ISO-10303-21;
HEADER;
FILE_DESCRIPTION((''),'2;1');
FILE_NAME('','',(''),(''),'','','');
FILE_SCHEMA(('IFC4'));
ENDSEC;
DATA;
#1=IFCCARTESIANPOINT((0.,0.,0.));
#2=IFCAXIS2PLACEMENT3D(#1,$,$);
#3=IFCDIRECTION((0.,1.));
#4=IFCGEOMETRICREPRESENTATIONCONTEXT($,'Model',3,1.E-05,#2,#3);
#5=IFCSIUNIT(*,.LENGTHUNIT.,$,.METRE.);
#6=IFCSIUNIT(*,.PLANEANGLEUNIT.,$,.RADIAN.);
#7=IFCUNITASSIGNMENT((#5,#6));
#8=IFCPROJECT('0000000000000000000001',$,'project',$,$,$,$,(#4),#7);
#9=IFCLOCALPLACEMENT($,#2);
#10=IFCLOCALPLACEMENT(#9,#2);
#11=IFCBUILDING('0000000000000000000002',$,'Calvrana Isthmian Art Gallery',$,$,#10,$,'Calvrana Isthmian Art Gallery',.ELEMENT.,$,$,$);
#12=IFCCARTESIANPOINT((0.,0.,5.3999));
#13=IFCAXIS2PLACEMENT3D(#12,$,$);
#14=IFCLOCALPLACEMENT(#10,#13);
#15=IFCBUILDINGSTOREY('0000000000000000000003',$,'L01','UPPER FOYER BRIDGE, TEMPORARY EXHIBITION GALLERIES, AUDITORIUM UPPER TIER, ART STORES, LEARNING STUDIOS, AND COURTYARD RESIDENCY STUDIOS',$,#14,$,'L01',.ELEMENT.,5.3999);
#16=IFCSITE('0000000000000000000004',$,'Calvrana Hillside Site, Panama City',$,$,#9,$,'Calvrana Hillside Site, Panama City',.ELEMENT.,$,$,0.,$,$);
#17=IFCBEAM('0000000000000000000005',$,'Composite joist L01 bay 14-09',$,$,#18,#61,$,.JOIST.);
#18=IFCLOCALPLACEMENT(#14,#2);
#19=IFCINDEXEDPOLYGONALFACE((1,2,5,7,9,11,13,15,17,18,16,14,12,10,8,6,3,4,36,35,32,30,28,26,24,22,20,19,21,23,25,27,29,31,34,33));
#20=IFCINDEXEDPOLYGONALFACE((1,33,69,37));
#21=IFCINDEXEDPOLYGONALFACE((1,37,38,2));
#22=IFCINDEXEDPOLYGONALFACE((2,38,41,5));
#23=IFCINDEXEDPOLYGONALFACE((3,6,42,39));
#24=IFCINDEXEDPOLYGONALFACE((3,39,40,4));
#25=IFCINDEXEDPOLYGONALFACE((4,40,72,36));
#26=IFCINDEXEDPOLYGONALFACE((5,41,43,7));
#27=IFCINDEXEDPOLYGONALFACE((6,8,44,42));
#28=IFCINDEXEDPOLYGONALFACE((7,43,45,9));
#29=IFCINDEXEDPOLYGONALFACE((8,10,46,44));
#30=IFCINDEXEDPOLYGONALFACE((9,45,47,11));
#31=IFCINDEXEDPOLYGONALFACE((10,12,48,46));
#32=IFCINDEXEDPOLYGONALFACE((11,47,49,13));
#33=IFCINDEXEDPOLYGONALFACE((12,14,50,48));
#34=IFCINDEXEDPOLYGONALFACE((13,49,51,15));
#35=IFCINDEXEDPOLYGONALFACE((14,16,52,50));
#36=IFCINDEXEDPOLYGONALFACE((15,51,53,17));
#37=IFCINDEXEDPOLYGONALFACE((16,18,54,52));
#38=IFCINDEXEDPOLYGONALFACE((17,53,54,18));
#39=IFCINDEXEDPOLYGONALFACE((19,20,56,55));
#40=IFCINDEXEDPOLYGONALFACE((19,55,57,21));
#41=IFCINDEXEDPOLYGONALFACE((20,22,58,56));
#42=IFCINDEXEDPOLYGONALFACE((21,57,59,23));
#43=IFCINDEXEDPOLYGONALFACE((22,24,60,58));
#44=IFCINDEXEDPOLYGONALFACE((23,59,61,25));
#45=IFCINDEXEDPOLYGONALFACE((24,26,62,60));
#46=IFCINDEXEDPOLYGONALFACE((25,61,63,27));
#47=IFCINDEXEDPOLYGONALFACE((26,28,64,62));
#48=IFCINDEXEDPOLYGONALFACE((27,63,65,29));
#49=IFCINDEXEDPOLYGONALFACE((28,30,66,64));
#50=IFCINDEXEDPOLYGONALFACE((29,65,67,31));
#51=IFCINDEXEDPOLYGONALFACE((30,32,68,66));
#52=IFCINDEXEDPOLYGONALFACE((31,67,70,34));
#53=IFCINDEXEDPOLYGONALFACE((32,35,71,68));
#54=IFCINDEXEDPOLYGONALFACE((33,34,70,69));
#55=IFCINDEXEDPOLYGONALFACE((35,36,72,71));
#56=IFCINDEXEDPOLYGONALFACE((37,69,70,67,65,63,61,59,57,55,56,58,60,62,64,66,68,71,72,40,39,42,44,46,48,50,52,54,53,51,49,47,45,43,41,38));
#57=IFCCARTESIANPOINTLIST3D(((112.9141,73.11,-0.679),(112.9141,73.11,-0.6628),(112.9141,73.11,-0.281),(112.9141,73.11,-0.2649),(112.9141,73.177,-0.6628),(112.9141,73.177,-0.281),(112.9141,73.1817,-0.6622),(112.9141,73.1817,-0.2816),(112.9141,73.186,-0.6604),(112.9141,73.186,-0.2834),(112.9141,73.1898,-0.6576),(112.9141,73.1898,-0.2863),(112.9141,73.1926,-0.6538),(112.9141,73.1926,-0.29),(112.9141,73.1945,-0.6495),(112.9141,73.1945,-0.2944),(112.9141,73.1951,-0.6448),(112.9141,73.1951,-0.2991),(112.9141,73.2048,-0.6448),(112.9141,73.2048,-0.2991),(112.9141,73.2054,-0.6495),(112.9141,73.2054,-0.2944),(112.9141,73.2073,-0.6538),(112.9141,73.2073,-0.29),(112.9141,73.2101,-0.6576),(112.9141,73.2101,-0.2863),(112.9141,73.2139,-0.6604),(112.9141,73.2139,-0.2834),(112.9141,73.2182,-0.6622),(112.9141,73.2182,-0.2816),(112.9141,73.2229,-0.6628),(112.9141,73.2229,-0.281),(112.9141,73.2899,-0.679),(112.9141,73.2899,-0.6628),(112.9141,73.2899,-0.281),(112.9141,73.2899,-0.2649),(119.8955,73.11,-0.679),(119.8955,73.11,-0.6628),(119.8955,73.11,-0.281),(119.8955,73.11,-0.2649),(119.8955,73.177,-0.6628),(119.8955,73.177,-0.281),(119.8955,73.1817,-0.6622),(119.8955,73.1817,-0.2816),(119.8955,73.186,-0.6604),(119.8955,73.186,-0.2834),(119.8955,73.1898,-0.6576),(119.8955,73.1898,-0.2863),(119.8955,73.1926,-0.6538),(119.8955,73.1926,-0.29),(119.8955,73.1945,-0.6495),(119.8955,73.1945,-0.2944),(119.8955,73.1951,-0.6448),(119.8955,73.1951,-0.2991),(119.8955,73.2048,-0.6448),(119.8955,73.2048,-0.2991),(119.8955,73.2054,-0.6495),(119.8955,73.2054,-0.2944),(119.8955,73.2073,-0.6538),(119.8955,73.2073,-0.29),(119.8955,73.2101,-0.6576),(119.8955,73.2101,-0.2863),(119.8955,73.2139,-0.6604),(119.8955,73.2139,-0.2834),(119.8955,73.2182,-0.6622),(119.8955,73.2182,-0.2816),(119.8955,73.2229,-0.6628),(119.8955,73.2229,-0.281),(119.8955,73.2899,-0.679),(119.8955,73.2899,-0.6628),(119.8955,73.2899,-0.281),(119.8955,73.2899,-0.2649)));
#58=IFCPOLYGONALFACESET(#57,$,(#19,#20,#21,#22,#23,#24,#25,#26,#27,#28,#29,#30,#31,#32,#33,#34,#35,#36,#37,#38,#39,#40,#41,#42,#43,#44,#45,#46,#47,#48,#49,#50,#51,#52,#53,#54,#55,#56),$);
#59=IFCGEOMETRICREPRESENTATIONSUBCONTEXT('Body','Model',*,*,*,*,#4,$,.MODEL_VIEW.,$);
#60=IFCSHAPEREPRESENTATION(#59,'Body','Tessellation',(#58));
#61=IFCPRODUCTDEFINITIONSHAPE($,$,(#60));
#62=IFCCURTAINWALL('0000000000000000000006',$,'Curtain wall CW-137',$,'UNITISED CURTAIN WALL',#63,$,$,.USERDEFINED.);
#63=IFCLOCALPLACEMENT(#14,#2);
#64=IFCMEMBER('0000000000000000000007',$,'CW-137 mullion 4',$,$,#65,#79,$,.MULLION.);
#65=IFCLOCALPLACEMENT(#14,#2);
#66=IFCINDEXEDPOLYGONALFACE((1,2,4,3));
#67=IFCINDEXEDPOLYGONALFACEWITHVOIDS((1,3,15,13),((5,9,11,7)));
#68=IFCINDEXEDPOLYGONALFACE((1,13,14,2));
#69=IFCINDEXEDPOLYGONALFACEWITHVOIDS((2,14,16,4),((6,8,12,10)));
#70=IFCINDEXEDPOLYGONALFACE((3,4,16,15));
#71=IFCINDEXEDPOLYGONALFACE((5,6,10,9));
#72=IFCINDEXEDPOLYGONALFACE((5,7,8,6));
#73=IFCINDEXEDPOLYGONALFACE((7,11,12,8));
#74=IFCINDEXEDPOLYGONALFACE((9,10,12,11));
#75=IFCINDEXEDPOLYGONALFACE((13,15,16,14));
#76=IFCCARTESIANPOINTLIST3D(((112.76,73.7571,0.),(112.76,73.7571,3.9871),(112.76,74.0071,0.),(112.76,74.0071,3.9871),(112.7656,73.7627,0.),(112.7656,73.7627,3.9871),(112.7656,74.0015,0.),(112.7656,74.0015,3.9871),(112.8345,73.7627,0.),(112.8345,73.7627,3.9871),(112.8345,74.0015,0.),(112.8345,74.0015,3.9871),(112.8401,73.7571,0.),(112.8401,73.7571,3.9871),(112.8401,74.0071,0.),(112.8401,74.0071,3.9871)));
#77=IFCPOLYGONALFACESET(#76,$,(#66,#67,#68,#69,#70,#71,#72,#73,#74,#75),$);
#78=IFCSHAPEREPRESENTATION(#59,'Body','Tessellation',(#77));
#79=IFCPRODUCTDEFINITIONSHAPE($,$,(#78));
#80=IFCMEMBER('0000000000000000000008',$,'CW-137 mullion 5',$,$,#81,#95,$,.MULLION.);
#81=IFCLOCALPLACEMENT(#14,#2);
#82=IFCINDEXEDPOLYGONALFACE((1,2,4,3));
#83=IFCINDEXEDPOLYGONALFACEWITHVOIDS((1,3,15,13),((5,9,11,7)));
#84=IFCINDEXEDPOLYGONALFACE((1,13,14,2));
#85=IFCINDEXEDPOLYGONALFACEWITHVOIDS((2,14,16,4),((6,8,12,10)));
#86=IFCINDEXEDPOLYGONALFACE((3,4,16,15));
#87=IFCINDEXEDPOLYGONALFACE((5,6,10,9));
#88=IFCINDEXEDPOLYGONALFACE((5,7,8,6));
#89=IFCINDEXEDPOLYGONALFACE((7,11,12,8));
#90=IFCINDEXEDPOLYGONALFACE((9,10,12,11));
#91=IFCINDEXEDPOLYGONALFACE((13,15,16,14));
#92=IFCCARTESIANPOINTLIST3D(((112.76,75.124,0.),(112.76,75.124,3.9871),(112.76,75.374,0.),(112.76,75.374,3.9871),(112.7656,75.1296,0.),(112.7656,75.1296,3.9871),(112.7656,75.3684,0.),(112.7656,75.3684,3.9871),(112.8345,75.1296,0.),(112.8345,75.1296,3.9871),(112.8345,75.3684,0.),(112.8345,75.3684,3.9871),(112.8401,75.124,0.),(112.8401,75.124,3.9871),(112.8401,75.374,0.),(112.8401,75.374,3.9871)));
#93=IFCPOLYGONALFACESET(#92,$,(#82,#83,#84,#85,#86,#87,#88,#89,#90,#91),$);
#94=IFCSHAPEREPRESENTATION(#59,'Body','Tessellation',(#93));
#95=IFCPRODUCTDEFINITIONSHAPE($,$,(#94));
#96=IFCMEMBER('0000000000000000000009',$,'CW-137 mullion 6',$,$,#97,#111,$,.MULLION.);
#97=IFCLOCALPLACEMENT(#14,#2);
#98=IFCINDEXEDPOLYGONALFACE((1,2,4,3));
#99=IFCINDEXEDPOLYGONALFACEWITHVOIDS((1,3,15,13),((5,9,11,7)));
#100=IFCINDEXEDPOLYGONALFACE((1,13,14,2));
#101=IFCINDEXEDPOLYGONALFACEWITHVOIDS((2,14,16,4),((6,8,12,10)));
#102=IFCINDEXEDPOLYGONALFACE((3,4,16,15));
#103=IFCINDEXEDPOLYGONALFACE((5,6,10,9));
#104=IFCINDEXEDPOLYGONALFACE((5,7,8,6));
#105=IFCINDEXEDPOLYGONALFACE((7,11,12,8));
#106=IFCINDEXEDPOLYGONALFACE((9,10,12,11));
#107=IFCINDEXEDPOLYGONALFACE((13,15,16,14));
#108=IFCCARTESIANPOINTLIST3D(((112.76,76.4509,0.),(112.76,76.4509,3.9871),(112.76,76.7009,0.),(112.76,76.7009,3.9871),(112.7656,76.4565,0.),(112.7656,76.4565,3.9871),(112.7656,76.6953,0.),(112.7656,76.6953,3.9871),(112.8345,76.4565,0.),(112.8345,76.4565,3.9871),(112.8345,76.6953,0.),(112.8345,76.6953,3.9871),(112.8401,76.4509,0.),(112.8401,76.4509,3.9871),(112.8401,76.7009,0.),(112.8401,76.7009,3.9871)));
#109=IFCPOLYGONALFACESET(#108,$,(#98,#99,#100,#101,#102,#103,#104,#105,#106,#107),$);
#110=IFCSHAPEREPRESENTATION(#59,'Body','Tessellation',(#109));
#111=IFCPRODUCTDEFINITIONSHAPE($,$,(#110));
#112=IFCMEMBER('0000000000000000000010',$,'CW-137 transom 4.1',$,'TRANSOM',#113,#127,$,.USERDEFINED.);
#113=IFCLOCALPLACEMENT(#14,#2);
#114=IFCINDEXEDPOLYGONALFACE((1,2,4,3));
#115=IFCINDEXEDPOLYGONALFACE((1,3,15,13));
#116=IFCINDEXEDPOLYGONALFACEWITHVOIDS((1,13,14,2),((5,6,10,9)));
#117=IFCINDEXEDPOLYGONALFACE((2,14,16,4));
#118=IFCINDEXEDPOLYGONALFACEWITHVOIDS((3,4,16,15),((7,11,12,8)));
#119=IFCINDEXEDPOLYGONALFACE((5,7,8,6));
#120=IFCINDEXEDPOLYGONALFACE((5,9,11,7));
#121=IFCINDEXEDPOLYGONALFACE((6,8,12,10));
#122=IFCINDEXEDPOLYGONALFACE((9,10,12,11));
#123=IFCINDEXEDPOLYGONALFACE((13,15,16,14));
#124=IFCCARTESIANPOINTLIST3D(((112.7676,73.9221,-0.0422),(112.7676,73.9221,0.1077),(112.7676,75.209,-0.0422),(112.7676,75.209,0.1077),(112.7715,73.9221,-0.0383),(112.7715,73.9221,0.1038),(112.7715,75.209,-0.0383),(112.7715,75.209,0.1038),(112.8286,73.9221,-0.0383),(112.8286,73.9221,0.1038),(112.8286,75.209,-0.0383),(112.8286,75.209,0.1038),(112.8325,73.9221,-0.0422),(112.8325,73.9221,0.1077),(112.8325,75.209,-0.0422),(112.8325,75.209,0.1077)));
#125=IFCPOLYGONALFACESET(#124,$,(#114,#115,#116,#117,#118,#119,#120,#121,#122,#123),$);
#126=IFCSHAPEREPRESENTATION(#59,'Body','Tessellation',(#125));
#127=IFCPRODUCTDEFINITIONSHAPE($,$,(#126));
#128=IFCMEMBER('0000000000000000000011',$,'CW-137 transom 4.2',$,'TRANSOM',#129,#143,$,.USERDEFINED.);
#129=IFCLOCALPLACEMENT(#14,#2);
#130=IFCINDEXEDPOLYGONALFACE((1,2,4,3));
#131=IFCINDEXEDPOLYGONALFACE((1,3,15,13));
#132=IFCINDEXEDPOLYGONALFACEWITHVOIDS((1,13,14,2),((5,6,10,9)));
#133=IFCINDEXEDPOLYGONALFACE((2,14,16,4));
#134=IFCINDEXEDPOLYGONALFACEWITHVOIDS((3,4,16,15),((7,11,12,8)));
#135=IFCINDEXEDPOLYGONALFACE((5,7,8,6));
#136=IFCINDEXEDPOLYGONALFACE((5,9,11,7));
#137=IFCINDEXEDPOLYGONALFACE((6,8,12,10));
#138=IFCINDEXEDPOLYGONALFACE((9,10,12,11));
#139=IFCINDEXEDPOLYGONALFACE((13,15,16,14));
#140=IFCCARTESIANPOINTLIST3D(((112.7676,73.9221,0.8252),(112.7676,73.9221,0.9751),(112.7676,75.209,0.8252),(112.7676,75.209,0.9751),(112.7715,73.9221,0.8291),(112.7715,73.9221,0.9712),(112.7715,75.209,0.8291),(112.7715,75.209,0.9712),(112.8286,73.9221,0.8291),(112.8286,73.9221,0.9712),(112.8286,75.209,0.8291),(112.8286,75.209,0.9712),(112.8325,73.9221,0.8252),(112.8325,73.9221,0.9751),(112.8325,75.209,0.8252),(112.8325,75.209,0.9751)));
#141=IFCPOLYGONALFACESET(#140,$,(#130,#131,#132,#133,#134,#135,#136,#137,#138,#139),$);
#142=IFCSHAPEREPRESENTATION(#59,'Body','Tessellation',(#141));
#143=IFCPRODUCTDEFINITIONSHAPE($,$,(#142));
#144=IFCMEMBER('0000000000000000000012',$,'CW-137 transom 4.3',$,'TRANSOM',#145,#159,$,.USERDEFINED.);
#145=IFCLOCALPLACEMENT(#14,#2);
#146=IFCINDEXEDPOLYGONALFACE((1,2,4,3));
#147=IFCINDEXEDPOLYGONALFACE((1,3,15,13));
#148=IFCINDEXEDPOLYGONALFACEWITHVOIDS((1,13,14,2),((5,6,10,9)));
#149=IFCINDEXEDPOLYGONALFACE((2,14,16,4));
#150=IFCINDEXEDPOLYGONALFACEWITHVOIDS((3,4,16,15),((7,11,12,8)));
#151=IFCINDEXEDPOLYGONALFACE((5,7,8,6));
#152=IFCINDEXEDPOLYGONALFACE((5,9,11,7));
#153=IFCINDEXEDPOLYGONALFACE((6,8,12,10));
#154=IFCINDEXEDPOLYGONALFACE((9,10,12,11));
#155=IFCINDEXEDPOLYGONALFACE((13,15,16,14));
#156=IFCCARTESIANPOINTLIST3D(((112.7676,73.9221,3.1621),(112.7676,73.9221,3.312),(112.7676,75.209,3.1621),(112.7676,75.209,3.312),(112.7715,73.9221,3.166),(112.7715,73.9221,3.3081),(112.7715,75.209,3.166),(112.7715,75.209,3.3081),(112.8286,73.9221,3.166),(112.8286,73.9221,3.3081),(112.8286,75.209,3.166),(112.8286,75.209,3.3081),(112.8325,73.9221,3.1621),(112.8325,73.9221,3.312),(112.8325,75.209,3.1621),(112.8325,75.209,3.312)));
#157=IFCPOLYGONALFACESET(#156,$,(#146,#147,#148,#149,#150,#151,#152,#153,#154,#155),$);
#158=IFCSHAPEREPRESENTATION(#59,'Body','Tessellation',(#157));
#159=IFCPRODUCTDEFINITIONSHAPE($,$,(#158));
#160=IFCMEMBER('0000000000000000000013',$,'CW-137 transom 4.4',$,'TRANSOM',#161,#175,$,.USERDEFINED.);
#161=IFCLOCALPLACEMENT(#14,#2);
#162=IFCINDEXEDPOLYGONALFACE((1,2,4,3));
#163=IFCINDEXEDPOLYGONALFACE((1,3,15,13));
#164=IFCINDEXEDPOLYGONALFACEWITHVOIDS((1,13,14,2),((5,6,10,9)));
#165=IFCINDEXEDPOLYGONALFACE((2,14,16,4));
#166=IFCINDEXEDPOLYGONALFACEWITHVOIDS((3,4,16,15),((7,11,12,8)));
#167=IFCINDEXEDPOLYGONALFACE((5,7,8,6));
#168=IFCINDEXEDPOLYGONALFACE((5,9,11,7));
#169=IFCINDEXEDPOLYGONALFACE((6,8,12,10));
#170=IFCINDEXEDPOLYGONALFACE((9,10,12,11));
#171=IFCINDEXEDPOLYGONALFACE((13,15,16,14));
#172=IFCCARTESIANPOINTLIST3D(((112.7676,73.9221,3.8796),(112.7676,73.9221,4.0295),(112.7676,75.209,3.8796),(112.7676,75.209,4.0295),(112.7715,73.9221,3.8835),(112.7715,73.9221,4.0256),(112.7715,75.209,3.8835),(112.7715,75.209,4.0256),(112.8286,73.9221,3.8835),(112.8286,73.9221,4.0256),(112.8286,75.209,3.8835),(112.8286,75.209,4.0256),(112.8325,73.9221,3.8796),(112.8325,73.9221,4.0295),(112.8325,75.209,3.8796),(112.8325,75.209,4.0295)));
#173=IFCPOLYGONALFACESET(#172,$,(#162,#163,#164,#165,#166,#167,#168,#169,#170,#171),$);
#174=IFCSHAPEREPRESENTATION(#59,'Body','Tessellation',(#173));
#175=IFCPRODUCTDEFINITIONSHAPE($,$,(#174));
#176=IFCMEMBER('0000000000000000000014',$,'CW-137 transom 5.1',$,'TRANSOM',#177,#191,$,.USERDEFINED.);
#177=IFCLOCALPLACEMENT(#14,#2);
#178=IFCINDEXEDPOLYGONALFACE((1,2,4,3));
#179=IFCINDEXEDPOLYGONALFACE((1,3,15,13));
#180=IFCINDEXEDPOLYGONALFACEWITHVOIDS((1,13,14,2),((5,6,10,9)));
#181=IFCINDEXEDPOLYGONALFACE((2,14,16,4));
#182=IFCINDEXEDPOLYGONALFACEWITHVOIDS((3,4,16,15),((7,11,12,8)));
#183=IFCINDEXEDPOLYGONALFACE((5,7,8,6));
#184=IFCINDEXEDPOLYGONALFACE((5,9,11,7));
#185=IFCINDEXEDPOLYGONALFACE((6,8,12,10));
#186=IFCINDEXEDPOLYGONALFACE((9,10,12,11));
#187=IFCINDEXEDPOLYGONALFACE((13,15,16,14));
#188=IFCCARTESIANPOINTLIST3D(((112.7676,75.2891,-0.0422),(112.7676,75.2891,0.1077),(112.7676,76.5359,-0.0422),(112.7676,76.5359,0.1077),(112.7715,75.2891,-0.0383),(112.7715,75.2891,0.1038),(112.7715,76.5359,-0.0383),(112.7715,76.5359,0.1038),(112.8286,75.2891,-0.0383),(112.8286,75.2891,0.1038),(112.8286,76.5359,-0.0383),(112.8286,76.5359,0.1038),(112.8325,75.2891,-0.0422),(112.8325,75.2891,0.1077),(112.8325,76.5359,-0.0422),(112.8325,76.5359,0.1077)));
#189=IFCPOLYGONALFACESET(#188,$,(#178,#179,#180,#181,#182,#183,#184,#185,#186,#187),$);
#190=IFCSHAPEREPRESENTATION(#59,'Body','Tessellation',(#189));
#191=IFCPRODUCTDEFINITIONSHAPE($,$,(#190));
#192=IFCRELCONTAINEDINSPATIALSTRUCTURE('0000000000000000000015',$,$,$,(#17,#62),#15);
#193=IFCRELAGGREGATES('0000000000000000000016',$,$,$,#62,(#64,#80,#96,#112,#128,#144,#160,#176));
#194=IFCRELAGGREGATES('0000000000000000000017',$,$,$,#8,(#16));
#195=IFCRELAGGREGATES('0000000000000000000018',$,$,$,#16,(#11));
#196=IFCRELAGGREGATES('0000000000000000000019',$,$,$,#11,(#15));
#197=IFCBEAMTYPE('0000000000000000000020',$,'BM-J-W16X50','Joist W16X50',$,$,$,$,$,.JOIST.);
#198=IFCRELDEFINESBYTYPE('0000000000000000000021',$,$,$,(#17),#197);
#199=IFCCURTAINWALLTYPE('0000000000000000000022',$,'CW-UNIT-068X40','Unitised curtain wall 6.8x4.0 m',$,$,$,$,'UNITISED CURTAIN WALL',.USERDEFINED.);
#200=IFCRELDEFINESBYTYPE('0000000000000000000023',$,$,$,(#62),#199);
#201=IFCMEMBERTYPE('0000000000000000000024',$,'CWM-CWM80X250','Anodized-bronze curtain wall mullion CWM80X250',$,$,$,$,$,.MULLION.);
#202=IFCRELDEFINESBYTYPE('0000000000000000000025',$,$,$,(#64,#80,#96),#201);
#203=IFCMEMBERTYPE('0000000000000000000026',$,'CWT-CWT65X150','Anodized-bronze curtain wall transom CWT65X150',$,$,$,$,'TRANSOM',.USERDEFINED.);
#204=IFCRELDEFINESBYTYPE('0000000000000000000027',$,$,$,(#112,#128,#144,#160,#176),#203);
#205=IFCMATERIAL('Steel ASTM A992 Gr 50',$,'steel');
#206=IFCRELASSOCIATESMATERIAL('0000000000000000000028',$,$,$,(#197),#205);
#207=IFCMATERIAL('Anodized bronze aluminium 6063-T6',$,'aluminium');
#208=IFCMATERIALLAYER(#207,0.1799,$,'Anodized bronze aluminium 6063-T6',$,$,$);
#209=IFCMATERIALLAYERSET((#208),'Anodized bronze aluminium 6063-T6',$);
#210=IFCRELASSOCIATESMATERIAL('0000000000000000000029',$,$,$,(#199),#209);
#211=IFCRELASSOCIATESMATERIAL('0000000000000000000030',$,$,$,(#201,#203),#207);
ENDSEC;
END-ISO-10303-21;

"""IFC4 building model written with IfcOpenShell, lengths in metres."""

from ifc_helpers import new_model, si_unit, direction, frame, origin, origin_2d, place, context, subcontext, project, spatial, hollow_rectangle, i_section, extrude, material, layer, layer_set, material_profile, profile_set, type_object, element, aggregate, save


model = new_model("IFC4")

# Units and contexts
model_context = context("Model", 3, precision=1e-05, world=origin(), true_north=direction((0.0, 1.0)))
body_context = subcontext(model_context, "Body", "Model", "MODEL_VIEW")
ifc_project = project(units=[si_unit("LENGTHUNIT", "METRE"), si_unit("PLANEANGLEUNIT", "RADIAN")], contexts=[model_context])

# Site, building, storey
site_placement = place(None, origin())
site = spatial("IfcSite", under=ifc_project, at=site_placement, Name="Calvrana Hillside Site, Panama City", LongName="Calvrana Hillside Site, Panama City", CompositionType="ELEMENT", RefElevation=0.0)
building_placement = place(site_placement, origin())
building = spatial("IfcBuilding", under=site, at=building_placement, Name="Calvrana Isthmian Art Gallery", LongName="Calvrana Isthmian Art Gallery", CompositionType="ELEMENT")
storey_placement = place(building_placement, frame((0.0, 0.0, 5.3999)))
storey = spatial("IfcBuildingStorey", under=building, at=storey_placement, Name="L01", Description="UPPER FOYER BRIDGE, TEMPORARY EXHIBITION GALLERIES, AUDITORIUM UPPER TIER, ART STORES, LEARNING STUDIOS, AND COURTYARD RESIDENCY STUDIOS", LongName="L01", CompositionType="ELEMENT", Elevation=5.3999)

# Shared definitions
ifc_material_1 = material(Name="Steel ASTM A992 Gr 50", Category="steel")

# Beam
ifc_material_profile_1 = material_profile(ifc_material_1, i_section(OverallWidth=0.1799, OverallDepth=0.4141, WebThickness=0.0098, FlangeThickness=0.0161, FilletRadius=0.0181, at=origin_2d()), Name="W16X50")
ifc_profile_set_1 = profile_set([ifc_material_profile_1], Name="Steel ASTM A992 Gr 50")
beam_type_1 = type_object("IfcBeamType", Name="BM-J-W16X50", Description="Joist W16X50", PredefinedType="JOIST", material=ifc_profile_set_1)
beam_1_placement = place(storey_placement, frame((112.9141, 73.2, -0.4719), z_axis=(1.0, 0.0, 0.0), x_axis=(0.0, 1.0, 0.0)))
element("IfcBeam", 1, at=beam_1_placement, inside=storey, type_object=beam_type_1, Name="Composite joist L01 bay 14-09", PredefinedType="JOIST", context=body_context, shape_type="SweptSolid", body=[
    extrude(i_section(OverallWidth=0.1799, OverallDepth=0.4141, WebThickness=0.0098, FlangeThickness=0.0161, FilletRadius=0.0181, at=origin_2d()), origin(), (0.0, 0.0, 1.0), 6.9814),
])

# Curtain wall, members
ifc_material_2 = material(Name="Anodized bronze aluminium 6063-T6", Category="aluminium")
ifc_layer_1 = layer(ifc_material_2, 0.1799, Name="Anodized bronze aluminium 6063-T6")
ifc_layer_set_1 = layer_set([ifc_layer_1], Name="Anodized bronze aluminium 6063-T6")
curtain_wall_type = type_object("IfcCurtainWallType", Name="CW-UNIT-068X40", Description="Unitised curtain wall 6.8x4.0 m", ElementType="UNITISED CURTAIN WALL", PredefinedType="USERDEFINED", material=ifc_layer_set_1)
curtain_wall_placement = place(storey_placement, origin())
curtain_wall = element("IfcCurtainWall", 2, at=curtain_wall_placement, inside=storey, type_object=curtain_wall_type, Name="Curtain wall CW-137", ObjectType="UNITISED CURTAIN WALL", PredefinedType="USERDEFINED")
ifc_material_profile_2 = material_profile(ifc_material_2, hollow_rectangle(XDim=0.0801, YDim=0.25, WallThickness=0.0056, at=origin_2d()), Name="CWM80X250")
ifc_profile_set_2 = profile_set([ifc_material_profile_2], Name="Anodized bronze aluminium 6063-T6")
member_type_1 = type_object("IfcMemberType", Name="CWM-CWM80X250", Description="Anodized-bronze curtain wall mullion CWM80X250", PredefinedType="MULLION", material=ifc_profile_set_2)
member_1_placement = place(storey_placement, frame((112.8, 73.8821, 0.0), z_axis=(0.0, 0.0, 1.0), x_axis=(-1.0, 0.0, 0.0)))
member_1 = element("IfcMember", 3, at=member_1_placement, type_object=member_type_1, Name="CW-137 mullion 4", PredefinedType="MULLION", context=body_context, shape_type="SweptSolid", body=[
    extrude(hollow_rectangle(XDim=0.0801, YDim=0.25, WallThickness=0.0056, at=origin_2d()), origin(), (0.0, 0.0, 1.0), 3.9871),
])
member_2_placement = place(storey_placement, frame((112.8, 75.249, 0.0), z_axis=(0.0, 0.0, 1.0), x_axis=(-1.0, 0.0, 0.0)))
member_2 = element("IfcMember", 4, at=member_2_placement, type_object=member_type_1, Name="CW-137 mullion 5", PredefinedType="MULLION", context=body_context, shape_type="SweptSolid", body=[
    extrude(hollow_rectangle(XDim=0.0801, YDim=0.25, WallThickness=0.0056, at=origin_2d()), origin(), (0.0, 0.0, 1.0), 3.9871),
])
member_3_placement = place(storey_placement, frame((112.8, 76.5759, 0.0), z_axis=(0.0, 0.0, 1.0), x_axis=(-1.0, 0.0, 0.0)))
member_3 = element("IfcMember", 5, at=member_3_placement, type_object=member_type_1, Name="CW-137 mullion 6", PredefinedType="MULLION", context=body_context, shape_type="SweptSolid", body=[
    extrude(hollow_rectangle(XDim=0.0801, YDim=0.25, WallThickness=0.0056, at=origin_2d()), origin(), (0.0, 0.0, 1.0), 3.9871),
])
ifc_material_profile_3 = material_profile(ifc_material_2, hollow_rectangle(XDim=0.0649, YDim=0.1499, WallThickness=0.0039, at=origin_2d()), Name="CWT65X150")
ifc_profile_set_3 = profile_set([ifc_material_profile_3], Name="Anodized bronze aluminium 6063-T6")
member_type_2 = type_object("IfcMemberType", Name="CWT-CWT65X150", Description="Anodized-bronze curtain wall transom CWT65X150", ElementType="TRANSOM", PredefinedType="USERDEFINED", material=ifc_profile_set_3)
member_4_placement = place(storey_placement, frame((112.8, 73.9221, 0.0327), z_axis=(0.0, 1.0, 0.0), x_axis=(-1.0, 0.0, 0.0)))
member_4 = element("IfcMember", 6, at=member_4_placement, type_object=member_type_2, Name="CW-137 transom 4.1", ObjectType="TRANSOM", PredefinedType="USERDEFINED", context=body_context, shape_type="SweptSolid", body=[
    extrude(hollow_rectangle(XDim=0.0649, YDim=0.1499, WallThickness=0.0039, at=origin_2d()), origin(), (0.0, 0.0, 1.0), 1.2869),
])
member_5_placement = place(storey_placement, frame((112.8, 73.9221, 0.9001), z_axis=(0.0, 1.0, 0.0), x_axis=(-1.0, 0.0, 0.0)))
member_5 = element("IfcMember", 7, at=member_5_placement, type_object=member_type_2, Name="CW-137 transom 4.2", ObjectType="TRANSOM", PredefinedType="USERDEFINED", context=body_context, shape_type="SweptSolid", body=[
    extrude(hollow_rectangle(XDim=0.0649, YDim=0.1499, WallThickness=0.0039, at=origin_2d()), origin(), (0.0, 0.0, 1.0), 1.2869),
])
member_6_placement = place(storey_placement, frame((112.8, 73.9221, 3.2371), z_axis=(0.0, 1.0, 0.0), x_axis=(-1.0, 0.0, 0.0)))
member_6 = element("IfcMember", 8, at=member_6_placement, type_object=member_type_2, Name="CW-137 transom 4.3", ObjectType="TRANSOM", PredefinedType="USERDEFINED", context=body_context, shape_type="SweptSolid", body=[
    extrude(hollow_rectangle(XDim=0.0649, YDim=0.1499, WallThickness=0.0039, at=origin_2d()), origin(), (0.0, 0.0, 1.0), 1.2869),
])
member_7_placement = place(storey_placement, frame((112.8, 73.9221, 3.9546), z_axis=(0.0, 1.0, 0.0), x_axis=(-1.0, 0.0, 0.0)))
member_7 = element("IfcMember", 9, at=member_7_placement, type_object=member_type_2, Name="CW-137 transom 4.4", ObjectType="TRANSOM", PredefinedType="USERDEFINED", context=body_context, shape_type="SweptSolid", body=[
    extrude(hollow_rectangle(XDim=0.0649, YDim=0.1499, WallThickness=0.0039, at=origin_2d()), origin(), (0.0, 0.0, 1.0), 1.2869),
])
member_8_placement = place(storey_placement, frame((112.8, 75.2891, 0.0327), z_axis=(0.0, 1.0, 0.0), x_axis=(-1.0, 0.0, 0.0)))
member_8 = element("IfcMember", 10, at=member_8_placement, type_object=member_type_2, Name="CW-137 transom 5.1", ObjectType="TRANSOM", PredefinedType="USERDEFINED", context=body_context, shape_type="SweptSolid", body=[
    extrude(hollow_rectangle(XDim=0.0649, YDim=0.1499, WallThickness=0.0039, at=origin_2d()), origin(), (0.0, 0.0, 1.0), 1.2468),
])
aggregate(curtain_wall, [member_1, member_2, member_3, member_4, member_5, member_6, member_7, member_8])

save(model, "model.ifc")
